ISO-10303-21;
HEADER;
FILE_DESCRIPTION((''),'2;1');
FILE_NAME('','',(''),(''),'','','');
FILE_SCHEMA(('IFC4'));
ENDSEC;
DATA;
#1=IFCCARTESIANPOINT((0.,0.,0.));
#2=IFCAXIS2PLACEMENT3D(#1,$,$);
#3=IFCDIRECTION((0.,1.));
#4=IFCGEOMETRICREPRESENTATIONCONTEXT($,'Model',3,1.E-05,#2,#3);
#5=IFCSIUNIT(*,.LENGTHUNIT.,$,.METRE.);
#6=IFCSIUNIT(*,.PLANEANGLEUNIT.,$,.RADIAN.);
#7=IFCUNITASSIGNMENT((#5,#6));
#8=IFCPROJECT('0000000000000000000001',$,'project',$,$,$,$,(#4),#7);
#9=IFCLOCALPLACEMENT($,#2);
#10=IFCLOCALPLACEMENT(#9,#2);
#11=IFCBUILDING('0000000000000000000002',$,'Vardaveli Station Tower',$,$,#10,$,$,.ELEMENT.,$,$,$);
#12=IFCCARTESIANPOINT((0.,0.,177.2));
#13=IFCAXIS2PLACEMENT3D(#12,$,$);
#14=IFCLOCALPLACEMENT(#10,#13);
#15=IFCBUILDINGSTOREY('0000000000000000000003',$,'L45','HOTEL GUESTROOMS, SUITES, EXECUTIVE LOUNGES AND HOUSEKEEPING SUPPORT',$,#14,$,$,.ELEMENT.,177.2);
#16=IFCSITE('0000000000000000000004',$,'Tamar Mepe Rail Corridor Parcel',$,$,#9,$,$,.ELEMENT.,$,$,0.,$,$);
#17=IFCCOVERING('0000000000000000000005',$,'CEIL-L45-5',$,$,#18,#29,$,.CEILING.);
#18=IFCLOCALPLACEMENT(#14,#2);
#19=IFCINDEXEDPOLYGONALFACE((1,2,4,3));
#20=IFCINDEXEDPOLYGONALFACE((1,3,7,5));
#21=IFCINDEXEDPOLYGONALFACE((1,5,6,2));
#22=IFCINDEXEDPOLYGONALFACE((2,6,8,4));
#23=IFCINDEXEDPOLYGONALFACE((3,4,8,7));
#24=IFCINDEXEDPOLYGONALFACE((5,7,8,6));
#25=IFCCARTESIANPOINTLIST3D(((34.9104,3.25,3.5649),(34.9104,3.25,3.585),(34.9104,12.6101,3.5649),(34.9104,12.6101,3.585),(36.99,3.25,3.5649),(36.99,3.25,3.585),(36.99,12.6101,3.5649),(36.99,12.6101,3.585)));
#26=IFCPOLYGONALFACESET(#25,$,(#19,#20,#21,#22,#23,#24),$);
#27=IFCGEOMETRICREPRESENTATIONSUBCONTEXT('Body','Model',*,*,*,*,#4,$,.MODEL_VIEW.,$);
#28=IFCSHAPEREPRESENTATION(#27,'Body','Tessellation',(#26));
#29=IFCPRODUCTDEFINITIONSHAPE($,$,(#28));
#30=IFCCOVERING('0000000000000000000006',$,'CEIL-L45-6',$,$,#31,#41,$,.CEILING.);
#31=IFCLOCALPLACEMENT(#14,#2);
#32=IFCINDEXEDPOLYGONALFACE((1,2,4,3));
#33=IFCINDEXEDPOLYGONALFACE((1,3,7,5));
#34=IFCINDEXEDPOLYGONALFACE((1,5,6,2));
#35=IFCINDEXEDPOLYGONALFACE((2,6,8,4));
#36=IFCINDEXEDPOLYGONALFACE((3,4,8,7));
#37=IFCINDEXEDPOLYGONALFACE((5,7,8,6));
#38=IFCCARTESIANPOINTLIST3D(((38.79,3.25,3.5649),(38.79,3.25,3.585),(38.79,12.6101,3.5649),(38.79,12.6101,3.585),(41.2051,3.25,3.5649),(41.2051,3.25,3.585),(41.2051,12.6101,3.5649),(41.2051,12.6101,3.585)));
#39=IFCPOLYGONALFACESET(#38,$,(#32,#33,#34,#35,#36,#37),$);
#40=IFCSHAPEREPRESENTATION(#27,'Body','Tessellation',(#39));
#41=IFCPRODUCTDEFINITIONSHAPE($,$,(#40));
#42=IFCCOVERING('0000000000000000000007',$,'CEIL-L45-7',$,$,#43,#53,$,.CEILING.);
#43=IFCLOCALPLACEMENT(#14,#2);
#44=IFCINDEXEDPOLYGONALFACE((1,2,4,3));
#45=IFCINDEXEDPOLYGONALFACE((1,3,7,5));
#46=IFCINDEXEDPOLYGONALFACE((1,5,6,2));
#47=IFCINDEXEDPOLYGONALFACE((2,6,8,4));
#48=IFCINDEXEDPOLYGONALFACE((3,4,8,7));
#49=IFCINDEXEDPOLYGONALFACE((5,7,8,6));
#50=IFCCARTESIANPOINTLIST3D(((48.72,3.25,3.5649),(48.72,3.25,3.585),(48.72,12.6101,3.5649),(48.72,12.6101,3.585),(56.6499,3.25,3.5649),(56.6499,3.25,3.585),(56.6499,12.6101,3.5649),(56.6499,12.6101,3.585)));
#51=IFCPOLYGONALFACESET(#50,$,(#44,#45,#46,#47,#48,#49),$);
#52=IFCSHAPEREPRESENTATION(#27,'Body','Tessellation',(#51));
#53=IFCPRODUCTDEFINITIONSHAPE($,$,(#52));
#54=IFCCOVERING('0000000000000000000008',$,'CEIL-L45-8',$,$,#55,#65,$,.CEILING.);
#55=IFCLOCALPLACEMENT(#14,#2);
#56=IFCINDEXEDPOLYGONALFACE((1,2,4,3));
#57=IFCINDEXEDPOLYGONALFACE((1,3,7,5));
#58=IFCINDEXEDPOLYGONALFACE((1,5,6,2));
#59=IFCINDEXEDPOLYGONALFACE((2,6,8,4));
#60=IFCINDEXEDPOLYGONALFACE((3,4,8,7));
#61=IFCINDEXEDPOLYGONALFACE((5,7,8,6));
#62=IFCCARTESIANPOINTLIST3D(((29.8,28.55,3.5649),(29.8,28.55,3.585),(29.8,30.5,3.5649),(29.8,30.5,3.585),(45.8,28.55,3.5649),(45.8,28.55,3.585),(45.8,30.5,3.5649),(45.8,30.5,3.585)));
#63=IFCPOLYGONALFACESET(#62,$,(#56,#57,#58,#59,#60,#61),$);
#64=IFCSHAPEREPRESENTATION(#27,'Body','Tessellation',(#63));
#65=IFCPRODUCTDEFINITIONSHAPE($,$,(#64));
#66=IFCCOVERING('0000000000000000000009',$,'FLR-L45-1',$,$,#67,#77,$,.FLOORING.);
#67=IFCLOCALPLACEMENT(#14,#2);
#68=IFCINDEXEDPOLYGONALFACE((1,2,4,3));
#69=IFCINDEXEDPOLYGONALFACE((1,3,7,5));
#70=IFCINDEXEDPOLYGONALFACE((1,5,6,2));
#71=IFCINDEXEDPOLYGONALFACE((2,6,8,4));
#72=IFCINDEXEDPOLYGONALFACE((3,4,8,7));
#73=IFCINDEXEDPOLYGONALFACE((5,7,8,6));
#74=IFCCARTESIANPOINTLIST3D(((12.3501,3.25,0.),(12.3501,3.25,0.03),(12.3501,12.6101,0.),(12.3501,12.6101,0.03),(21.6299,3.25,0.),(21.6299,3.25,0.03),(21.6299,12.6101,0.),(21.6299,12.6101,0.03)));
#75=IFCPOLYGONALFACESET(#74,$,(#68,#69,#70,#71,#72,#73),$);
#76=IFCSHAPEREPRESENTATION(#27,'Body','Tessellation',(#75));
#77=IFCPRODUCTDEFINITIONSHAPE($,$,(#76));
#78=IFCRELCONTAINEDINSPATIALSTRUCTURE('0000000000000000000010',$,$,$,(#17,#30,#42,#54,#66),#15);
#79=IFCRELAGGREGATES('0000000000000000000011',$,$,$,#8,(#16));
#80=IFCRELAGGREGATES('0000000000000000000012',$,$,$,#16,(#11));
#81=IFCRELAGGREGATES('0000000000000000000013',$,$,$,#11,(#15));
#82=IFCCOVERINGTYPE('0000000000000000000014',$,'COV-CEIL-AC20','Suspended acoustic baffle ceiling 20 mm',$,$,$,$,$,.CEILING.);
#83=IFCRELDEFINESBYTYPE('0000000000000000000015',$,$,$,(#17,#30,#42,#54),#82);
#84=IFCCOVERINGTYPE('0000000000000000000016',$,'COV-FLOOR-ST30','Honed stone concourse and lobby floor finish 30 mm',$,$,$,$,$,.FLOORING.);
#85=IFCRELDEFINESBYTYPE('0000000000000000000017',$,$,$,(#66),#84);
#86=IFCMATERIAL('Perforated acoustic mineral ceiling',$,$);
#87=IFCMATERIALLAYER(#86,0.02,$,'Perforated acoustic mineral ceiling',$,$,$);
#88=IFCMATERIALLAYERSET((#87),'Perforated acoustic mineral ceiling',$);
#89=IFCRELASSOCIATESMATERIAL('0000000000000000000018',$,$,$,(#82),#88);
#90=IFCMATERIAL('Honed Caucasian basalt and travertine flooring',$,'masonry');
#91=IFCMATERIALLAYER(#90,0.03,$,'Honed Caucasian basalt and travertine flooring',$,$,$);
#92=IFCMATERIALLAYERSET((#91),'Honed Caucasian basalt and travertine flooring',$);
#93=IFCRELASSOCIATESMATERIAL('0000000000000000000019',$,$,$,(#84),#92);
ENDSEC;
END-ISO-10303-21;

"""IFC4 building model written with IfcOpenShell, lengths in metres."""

from ifc_helpers import new_model, si_unit, direction, frame, origin, place, context, subcontext, project, spatial, polyline, outline, extrude, material, layer, layer_set, type_object, element, save


model = new_model("IFC4")

# Units and contexts
model_context = context("Model", 3, precision=1e-05, world=origin(), true_north=direction((0.0, 1.0)))
body_context = subcontext(model_context, "Body", "Model", "MODEL_VIEW")
ifc_project = project(units=[si_unit("LENGTHUNIT", "METRE"), si_unit("PLANEANGLEUNIT", "RADIAN")], contexts=[model_context])

# Site, building, storey
site_placement = place(None, origin())
site = spatial("IfcSite", under=ifc_project, at=site_placement, Name="Tamar Mepe Rail Corridor Parcel", CompositionType="ELEMENT", RefElevation=0.0)
building_placement = place(site_placement, origin())
building = spatial("IfcBuilding", under=site, at=building_placement, Name="Vardaveli Station Tower", CompositionType="ELEMENT")
storey_placement = place(building_placement, frame((0.0, 0.0, 177.2)))
storey = spatial("IfcBuildingStorey", under=building, at=storey_placement, Name="L45", Description="HOTEL GUESTROOMS, SUITES, EXECUTIVE LOUNGES AND HOUSEKEEPING SUPPORT", CompositionType="ELEMENT", Elevation=177.2)

# Coverings
ifc_material_1 = material(Name="Perforated acoustic mineral ceiling")
ifc_layer_1 = layer(ifc_material_1, 0.02, Name="Perforated acoustic mineral ceiling")
ifc_layer_set_1 = layer_set([ifc_layer_1], Name="Perforated acoustic mineral ceiling")
covering_type_1 = type_object("IfcCoveringType", Name="COV-CEIL-AC20", Description="Suspended acoustic baffle ceiling 20 mm", PredefinedType="CEILING", material=ifc_layer_set_1)
covering_1_placement = place(storey_placement, frame((0.0, 0.0, 3.5649)))
element("IfcCovering", 1, at=covering_1_placement, inside=storey, type_object=covering_type_1, Name="CEIL-L45-5", PredefinedType="CEILING", context=body_context, shape_type="SweptSolid", body=[
    extrude(outline(polyline([(34.9104, 3.25), (36.99, 3.25), (36.99, 12.6101), (34.9104, 12.6101), (34.9104, 3.25)])), origin(), (0.0, 0.0, 1.0), 0.02),
])
covering_2_placement = place(storey_placement, frame((0.0, 0.0, 3.5649)))
element("IfcCovering", 2, at=covering_2_placement, inside=storey, type_object=covering_type_1, Name="CEIL-L45-6", PredefinedType="CEILING", context=body_context, shape_type="SweptSolid", body=[
    extrude(outline(polyline([(38.79, 3.25), (41.2051, 3.25), (41.2051, 12.6101), (38.79, 12.6101), (38.79, 3.25)])), origin(), (0.0, 0.0, 1.0), 0.02),
])
covering_3_placement = place(storey_placement, frame((0.0, 0.0, 3.5649)))
element("IfcCovering", 3, at=covering_3_placement, inside=storey, type_object=covering_type_1, Name="CEIL-L45-7", PredefinedType="CEILING", context=body_context, shape_type="SweptSolid", body=[
    extrude(outline(polyline([(48.72, 3.25), (56.6499, 3.25), (56.6499, 12.6101), (48.72, 12.6101), (48.72, 3.25)])), origin(), (0.0, 0.0, 1.0), 0.02),
])
covering_4_placement = place(storey_placement, frame((0.0, 0.0, 3.5649)))
element("IfcCovering", 4, at=covering_4_placement, inside=storey, type_object=covering_type_1, Name="CEIL-L45-8", PredefinedType="CEILING", context=body_context, shape_type="SweptSolid", body=[
    extrude(outline(polyline([(29.8, 28.55), (45.8, 28.55), (45.8, 30.5), (29.8, 30.5), (29.8, 28.55)])), origin(), (0.0, 0.0, 1.0), 0.02),
])
ifc_material_2 = material(Name="Honed Caucasian basalt and travertine flooring", Category="masonry")
ifc_layer_2 = layer(ifc_material_2, 0.03, Name="Honed Caucasian basalt and travertine flooring")
ifc_layer_set_2 = layer_set([ifc_layer_2], Name="Honed Caucasian basalt and travertine flooring")
covering_type_2 = type_object("IfcCoveringType", Name="COV-FLOOR-ST30", Description="Honed stone concourse and lobby floor finish 30 mm", PredefinedType="FLOORING", material=ifc_layer_set_2)
covering_5_placement = place(storey_placement, origin())
element("IfcCovering", 5, at=covering_5_placement, inside=storey, type_object=covering_type_2, Name="FLR-L45-1", PredefinedType="FLOORING", context=body_context, shape_type="SweptSolid", body=[
    extrude(outline(polyline([(12.3501, 3.25), (21.6299, 3.25), (21.6299, 12.6101), (12.3501, 12.6101), (12.3501, 3.25)])), origin(), (0.0, 0.0, 1.0), 0.03),
])

save(model, "model.ifc")
